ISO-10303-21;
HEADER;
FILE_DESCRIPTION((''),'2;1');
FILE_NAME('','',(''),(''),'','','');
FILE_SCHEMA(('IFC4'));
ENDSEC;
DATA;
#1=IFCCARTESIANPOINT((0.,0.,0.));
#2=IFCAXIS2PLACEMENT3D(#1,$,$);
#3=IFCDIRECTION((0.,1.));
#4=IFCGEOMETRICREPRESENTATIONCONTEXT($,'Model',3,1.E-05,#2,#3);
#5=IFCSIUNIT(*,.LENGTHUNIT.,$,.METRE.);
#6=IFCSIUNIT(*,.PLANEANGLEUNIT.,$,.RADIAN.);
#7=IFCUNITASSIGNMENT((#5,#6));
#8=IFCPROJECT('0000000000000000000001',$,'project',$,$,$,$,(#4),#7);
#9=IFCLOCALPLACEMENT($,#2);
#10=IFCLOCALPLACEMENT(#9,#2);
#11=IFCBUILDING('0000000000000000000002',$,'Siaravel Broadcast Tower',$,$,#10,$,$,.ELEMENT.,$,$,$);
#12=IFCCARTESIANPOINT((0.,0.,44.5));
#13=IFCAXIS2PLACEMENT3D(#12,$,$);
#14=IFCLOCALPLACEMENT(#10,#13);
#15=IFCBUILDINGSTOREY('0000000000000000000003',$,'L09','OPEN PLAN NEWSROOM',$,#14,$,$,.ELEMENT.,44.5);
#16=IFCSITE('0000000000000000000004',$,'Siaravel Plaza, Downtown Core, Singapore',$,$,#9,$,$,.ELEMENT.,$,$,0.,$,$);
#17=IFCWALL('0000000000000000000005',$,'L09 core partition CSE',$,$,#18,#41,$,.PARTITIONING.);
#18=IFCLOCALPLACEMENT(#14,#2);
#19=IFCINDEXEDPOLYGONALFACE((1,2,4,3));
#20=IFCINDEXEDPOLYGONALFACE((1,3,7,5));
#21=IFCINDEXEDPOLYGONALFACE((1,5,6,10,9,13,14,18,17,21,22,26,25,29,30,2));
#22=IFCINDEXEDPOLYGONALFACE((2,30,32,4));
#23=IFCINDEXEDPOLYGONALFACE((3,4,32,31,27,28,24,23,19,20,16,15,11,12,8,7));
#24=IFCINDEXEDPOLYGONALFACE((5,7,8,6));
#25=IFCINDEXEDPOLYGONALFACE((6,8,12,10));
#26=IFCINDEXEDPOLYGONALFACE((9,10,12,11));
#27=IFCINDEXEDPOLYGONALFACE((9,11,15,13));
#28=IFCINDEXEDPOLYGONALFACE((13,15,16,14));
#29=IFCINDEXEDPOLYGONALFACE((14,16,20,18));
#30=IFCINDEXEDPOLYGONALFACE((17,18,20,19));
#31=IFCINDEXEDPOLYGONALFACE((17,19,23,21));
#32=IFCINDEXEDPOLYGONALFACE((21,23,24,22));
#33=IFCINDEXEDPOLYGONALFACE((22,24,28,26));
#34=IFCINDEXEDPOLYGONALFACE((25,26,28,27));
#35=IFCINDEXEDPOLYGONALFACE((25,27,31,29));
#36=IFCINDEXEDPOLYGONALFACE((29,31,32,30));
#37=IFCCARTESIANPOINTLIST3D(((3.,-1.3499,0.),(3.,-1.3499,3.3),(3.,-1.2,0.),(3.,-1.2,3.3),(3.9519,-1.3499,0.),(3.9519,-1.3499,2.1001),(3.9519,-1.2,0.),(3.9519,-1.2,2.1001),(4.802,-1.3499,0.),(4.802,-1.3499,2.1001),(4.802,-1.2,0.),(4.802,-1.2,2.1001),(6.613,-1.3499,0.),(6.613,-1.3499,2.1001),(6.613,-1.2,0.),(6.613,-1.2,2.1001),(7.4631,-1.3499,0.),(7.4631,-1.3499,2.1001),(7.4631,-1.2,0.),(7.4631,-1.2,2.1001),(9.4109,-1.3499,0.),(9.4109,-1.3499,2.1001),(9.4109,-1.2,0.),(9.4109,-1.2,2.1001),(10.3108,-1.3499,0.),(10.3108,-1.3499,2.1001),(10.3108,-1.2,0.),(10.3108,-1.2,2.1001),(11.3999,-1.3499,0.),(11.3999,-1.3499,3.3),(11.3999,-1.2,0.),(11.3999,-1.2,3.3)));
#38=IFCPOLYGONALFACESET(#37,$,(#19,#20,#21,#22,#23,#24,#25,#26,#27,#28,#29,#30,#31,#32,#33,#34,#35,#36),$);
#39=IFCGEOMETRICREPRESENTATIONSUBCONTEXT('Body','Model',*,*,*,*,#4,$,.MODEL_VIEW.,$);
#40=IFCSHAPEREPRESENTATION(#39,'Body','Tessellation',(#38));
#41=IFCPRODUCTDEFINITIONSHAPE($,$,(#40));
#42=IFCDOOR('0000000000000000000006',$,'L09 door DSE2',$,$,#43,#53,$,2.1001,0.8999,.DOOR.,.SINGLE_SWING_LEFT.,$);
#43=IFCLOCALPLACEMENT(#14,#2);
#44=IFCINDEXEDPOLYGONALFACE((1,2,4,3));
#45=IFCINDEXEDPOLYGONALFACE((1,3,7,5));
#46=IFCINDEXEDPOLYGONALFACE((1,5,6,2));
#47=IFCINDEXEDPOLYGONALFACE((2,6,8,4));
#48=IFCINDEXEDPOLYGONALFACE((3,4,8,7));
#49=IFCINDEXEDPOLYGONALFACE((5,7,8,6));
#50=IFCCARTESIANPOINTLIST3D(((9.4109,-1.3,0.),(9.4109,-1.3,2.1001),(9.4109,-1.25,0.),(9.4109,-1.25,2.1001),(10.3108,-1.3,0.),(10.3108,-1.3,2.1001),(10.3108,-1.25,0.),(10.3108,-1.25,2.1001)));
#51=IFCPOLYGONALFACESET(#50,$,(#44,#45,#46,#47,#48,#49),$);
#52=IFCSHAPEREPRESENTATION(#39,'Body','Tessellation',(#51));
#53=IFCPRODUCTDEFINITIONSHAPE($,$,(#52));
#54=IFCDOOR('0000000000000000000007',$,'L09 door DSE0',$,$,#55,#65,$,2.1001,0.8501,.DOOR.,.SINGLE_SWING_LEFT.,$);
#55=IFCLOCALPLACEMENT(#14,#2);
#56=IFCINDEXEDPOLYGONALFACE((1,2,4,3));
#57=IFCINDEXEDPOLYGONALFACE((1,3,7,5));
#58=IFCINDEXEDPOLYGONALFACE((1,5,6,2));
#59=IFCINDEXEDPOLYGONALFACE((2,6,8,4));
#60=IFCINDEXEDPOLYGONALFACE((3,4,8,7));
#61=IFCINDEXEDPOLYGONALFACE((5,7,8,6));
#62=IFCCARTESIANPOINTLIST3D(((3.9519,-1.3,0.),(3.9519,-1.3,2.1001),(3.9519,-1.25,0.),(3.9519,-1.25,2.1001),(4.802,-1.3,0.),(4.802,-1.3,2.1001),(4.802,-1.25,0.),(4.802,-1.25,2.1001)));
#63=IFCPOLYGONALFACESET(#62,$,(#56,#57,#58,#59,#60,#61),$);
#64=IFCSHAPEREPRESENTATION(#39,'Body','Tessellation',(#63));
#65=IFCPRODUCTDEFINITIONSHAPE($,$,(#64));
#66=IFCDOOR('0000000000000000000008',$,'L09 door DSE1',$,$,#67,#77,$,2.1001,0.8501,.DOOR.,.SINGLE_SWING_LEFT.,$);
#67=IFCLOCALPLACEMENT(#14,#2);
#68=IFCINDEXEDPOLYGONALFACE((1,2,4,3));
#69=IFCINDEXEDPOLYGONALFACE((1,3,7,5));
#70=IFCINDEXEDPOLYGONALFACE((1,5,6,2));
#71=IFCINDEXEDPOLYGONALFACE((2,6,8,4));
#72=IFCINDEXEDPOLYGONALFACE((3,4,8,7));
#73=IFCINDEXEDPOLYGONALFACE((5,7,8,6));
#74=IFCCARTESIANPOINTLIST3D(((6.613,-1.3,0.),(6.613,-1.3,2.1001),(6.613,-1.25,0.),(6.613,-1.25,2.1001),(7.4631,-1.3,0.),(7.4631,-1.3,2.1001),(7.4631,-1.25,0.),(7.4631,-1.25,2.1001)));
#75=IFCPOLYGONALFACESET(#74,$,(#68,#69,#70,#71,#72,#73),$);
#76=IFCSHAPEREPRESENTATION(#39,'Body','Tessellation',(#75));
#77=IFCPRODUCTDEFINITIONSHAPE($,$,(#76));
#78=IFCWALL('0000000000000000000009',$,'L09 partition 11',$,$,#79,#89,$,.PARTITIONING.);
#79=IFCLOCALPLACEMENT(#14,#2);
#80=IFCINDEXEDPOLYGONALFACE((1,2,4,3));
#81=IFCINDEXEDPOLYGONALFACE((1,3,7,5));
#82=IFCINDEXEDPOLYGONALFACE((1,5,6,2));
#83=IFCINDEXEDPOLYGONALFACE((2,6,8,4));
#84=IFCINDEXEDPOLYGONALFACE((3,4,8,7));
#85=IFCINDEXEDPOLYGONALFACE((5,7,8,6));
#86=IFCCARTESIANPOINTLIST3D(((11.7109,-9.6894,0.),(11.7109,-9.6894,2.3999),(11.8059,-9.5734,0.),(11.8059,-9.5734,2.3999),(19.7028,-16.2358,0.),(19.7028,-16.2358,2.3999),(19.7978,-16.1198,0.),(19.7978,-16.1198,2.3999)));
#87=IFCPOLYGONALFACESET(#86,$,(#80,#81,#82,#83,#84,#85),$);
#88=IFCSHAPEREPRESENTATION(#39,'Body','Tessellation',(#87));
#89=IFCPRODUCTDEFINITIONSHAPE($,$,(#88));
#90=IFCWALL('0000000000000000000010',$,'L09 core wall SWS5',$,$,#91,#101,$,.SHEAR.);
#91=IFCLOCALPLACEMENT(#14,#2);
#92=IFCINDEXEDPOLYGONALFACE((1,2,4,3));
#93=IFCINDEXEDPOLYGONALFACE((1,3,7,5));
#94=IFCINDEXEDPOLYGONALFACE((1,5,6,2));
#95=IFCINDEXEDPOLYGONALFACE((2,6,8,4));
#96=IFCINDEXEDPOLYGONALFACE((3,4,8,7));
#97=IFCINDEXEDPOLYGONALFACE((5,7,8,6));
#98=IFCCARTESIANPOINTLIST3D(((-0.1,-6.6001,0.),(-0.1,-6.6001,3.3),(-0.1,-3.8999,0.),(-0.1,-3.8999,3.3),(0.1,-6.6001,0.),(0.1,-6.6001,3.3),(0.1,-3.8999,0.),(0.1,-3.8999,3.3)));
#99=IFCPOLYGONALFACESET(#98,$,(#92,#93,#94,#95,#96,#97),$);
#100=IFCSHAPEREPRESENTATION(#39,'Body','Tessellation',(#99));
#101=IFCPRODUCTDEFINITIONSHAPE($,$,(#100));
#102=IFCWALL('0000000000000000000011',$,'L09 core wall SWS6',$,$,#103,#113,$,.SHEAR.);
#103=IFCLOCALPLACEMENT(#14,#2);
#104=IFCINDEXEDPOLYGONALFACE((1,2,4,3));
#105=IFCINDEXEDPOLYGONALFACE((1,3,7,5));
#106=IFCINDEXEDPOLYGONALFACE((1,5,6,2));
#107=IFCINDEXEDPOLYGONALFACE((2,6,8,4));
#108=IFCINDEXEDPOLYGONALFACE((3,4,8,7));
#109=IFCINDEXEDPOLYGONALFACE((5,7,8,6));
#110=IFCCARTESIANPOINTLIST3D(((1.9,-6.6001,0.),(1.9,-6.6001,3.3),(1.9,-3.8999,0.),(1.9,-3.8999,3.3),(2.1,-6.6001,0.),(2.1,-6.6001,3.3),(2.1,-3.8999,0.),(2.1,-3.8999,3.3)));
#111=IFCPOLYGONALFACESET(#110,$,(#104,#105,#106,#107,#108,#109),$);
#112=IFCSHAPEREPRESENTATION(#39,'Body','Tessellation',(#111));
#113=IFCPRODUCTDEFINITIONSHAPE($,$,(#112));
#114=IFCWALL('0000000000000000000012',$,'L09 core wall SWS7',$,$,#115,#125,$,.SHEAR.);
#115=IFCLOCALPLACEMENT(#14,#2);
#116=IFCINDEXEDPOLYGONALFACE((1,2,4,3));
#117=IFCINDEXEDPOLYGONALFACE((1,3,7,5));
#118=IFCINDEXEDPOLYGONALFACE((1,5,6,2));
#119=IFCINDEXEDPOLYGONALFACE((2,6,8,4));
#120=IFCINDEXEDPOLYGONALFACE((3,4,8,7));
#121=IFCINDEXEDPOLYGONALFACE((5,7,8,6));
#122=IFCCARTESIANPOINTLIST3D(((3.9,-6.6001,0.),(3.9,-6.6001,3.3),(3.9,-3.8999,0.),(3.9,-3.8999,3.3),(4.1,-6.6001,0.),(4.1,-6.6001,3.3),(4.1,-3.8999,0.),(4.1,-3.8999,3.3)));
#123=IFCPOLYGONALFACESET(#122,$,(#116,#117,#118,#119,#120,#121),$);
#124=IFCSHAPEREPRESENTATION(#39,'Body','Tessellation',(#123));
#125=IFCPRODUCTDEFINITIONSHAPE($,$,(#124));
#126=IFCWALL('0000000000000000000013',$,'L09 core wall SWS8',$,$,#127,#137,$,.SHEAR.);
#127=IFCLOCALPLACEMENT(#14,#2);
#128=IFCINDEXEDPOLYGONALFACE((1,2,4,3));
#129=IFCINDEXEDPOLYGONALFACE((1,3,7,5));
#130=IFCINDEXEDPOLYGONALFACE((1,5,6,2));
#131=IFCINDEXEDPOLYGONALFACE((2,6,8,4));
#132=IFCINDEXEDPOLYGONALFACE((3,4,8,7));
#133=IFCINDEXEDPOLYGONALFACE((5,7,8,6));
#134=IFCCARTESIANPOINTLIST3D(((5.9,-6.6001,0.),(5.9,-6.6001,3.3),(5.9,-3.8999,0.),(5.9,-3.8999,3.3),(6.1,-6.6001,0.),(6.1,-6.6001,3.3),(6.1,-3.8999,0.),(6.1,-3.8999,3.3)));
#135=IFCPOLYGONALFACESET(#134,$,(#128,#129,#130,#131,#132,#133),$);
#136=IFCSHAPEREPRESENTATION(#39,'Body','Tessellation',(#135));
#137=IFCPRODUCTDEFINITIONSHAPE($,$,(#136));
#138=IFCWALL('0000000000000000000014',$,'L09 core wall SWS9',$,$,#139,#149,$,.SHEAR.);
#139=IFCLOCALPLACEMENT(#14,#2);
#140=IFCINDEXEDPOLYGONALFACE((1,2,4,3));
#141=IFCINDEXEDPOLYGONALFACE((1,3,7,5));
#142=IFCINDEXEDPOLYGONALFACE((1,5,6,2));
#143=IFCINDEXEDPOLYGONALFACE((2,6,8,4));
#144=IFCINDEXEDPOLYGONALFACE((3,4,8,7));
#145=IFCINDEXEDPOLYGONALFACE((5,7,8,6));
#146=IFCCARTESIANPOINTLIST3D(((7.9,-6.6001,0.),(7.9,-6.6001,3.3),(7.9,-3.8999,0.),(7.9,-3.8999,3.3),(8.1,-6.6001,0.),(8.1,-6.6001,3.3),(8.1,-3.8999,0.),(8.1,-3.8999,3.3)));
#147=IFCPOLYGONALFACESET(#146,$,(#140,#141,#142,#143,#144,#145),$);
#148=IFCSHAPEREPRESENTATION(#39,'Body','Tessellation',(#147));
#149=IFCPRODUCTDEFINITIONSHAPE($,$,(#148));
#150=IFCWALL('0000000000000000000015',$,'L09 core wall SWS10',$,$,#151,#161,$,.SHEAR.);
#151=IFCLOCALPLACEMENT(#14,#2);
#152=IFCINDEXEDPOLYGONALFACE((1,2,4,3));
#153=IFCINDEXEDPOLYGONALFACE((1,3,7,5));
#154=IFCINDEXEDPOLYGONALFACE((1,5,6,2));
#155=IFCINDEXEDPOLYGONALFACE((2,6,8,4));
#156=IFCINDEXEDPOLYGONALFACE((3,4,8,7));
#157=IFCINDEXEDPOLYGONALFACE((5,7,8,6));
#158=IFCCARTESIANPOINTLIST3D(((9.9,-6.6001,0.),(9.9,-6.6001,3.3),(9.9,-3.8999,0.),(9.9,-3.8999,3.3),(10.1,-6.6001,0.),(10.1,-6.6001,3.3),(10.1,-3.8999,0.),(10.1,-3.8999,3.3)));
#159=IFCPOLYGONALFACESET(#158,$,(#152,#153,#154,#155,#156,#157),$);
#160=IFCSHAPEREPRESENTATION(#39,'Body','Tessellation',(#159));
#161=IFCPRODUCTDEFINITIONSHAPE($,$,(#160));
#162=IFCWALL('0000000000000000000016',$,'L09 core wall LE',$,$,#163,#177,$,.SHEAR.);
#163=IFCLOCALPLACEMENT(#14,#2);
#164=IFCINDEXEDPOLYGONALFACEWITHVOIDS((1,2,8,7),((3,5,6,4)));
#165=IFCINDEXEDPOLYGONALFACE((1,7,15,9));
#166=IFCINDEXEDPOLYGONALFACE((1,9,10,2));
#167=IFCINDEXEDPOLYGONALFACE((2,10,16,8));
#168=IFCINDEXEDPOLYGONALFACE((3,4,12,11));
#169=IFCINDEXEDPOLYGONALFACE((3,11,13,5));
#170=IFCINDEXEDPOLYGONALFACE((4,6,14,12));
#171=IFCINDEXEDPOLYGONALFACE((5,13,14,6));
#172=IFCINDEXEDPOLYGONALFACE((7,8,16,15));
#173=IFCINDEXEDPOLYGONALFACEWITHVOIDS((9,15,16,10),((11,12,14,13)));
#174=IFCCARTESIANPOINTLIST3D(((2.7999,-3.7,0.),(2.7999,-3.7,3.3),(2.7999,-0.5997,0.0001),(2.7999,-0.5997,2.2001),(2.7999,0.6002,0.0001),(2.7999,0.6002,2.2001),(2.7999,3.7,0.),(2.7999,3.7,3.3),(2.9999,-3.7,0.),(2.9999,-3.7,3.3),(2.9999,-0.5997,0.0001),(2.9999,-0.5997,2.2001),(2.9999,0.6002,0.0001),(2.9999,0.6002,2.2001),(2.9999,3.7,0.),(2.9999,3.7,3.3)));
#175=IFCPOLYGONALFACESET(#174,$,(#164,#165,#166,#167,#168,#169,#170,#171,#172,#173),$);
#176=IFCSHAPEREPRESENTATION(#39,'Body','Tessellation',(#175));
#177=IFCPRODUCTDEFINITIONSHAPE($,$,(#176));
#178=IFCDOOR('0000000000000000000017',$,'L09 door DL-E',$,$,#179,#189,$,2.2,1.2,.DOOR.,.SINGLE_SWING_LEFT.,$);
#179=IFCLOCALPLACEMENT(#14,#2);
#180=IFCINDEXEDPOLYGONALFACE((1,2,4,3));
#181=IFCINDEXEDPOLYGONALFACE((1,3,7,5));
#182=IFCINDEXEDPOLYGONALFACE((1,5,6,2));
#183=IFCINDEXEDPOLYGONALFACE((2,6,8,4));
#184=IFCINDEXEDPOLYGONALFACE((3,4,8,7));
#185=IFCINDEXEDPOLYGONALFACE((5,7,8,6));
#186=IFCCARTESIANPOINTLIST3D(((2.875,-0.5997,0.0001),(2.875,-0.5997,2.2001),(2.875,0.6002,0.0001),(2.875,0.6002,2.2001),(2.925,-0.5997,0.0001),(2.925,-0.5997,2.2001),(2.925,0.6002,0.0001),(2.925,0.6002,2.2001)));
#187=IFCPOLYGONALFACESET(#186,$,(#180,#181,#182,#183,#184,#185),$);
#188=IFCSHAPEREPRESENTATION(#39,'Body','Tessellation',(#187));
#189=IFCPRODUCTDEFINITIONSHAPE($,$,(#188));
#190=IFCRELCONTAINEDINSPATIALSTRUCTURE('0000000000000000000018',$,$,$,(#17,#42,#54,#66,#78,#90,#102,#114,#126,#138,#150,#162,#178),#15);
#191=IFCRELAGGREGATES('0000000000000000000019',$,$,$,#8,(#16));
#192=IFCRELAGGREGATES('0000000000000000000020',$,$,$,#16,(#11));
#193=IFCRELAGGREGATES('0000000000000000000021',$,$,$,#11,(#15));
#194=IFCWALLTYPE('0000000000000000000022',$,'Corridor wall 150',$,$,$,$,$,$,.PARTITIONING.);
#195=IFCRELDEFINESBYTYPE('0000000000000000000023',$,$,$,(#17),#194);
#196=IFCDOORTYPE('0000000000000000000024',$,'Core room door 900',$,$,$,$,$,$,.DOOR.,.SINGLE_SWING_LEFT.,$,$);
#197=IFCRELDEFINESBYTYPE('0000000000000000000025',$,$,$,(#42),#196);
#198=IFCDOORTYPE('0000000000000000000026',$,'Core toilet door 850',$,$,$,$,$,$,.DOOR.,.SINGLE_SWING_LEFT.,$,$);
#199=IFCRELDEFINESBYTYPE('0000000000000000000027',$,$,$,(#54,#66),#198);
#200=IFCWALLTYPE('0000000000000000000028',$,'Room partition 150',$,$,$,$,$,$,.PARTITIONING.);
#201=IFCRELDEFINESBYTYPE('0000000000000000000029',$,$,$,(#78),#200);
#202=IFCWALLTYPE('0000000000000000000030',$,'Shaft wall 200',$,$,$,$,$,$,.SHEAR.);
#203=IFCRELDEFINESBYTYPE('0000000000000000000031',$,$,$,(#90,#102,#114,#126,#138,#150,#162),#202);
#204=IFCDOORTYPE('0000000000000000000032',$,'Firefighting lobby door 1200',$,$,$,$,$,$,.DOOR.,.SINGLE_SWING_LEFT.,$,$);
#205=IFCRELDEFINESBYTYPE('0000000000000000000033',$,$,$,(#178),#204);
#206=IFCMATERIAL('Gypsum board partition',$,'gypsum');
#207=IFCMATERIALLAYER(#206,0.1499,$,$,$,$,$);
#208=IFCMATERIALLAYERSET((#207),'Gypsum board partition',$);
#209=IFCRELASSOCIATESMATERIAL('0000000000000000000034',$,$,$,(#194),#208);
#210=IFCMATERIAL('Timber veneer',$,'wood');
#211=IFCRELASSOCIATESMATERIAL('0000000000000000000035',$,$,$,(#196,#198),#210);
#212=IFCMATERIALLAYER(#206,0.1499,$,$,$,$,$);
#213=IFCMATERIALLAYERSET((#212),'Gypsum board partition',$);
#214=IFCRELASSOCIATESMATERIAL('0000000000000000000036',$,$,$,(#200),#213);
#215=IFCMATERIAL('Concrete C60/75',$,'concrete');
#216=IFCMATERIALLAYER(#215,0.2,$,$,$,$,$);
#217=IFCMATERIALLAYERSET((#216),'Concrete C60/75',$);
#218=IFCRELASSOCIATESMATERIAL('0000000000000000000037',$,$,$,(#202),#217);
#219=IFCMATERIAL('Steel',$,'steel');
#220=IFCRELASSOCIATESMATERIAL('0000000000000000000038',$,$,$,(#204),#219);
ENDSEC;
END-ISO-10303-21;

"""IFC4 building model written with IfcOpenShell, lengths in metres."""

from ifc_helpers import new_model, si_unit, direction, frame, frame_2d, origin, place, context, subcontext, project, spatial, rectangle, extrude, material, layer, layer_set, type_object, element, fill, save


model = new_model("IFC4")

# Units and contexts
model_context = context("Model", 3, precision=1e-05, world=origin(), true_north=direction((0.0, 1.0)))
body_context = subcontext(model_context, "Body", "Model", "MODEL_VIEW")
ifc_project = project(units=[si_unit("LENGTHUNIT", "METRE"), si_unit("PLANEANGLEUNIT", "RADIAN")], contexts=[model_context])

# Site, building, storey
site_placement = place(None, origin())
site = spatial("IfcSite", under=ifc_project, at=site_placement, Name="Siaravel Plaza, Downtown Core, Singapore", CompositionType="ELEMENT", RefElevation=0.0)
building_placement = place(site_placement, origin())
building = spatial("IfcBuilding", under=site, at=building_placement, Name="Siaravel Broadcast Tower", CompositionType="ELEMENT")
storey_placement = place(building_placement, frame((0.0, 0.0, 44.5)))
storey = spatial("IfcBuildingStorey", under=building, at=storey_placement, Name="L09", Description="OPEN PLAN NEWSROOM", CompositionType="ELEMENT", Elevation=44.5)

# Shared definitions
ifc_material_1 = material(Name="Concrete C60/75", Category="concrete")
ifc_material_2 = material(Name="Steel", Category="steel")

# Wall, openings, doors
ifc_material_3 = material(Name="Gypsum board partition", Category="gypsum")
ifc_layer_1 = layer(ifc_material_3, 0.1499)
ifc_layer_set_1 = layer_set([ifc_layer_1], Name="Gypsum board partition")
wall_type_1 = type_object("IfcWallType", Name="Corridor wall 150", PredefinedType="PARTITIONING", material=ifc_layer_set_1)
wall_1_placement = place(storey_placement, frame((3.0, -1.2749, 0.0), z_axis=(0.0, 0.0, 1.0), x_axis=(1.0, 0.0, 0.0)))
wall_1 = element("IfcWall", 1, at=wall_1_placement, inside=storey, type_object=wall_type_1, Name="L09 core partition CSE", PredefinedType="PARTITIONING", context=body_context, shape_type="SweptSolid", body=[
    extrude(rectangle(XDim=8.3999, YDim=0.1499, at=frame_2d((4.2, 0.0))), origin(), (0.0, 0.0, 1.0), 3.3),
])
opening_1_placement = place(wall_1_placement, frame((0.9519, 0.0, 0.0)))
opening_1 = element("IfcOpeningElement", 2, at=opening_1_placement, cuts=wall_1, PredefinedType="OPENING", context=body_context, shape_type="SweptSolid", body=[
    extrude(rectangle(XDim=0.8501, YDim=2.1001, at=frame_2d((0.425, 1.05))), frame((0.0, 0.085, 0.0), z_axis=(0.0, -1.0, 0.0), x_axis=(1.0, 0.0, 0.0)), (0.0, 0.0, 1.0), 0.1699),
])
opening_2_placement = place(wall_1_placement, frame((3.613, 0.0, 0.0)))
opening_2 = element("IfcOpeningElement", 3, at=opening_2_placement, cuts=wall_1, PredefinedType="OPENING", context=body_context, shape_type="SweptSolid", body=[
    extrude(rectangle(XDim=0.8501, YDim=2.1001, at=frame_2d((0.425, 1.05))), frame((0.0, 0.085, 0.0), z_axis=(0.0, -1.0, 0.0), x_axis=(1.0, 0.0, 0.0)), (0.0, 0.0, 1.0), 0.1699),
])
opening_3_placement = place(wall_1_placement, frame((6.4109, 0.0, 0.0)))
opening_3 = element("IfcOpeningElement", 4, at=opening_3_placement, cuts=wall_1, PredefinedType="OPENING", context=body_context, shape_type="SweptSolid", body=[
    extrude(rectangle(XDim=0.8999, YDim=2.1001, at=frame_2d((0.45, 1.05))), frame((0.0, 0.085, 0.0), z_axis=(0.0, -1.0, 0.0), x_axis=(1.0, 0.0, 0.0)), (0.0, 0.0, 1.0), 0.1699),
])
ifc_material_4 = material(Name="Timber veneer", Category="wood")
door_type_1 = type_object("IfcDoorType", Name="Core room door 900", OperationType="SINGLE_SWING_LEFT", PredefinedType="DOOR", material=ifc_material_4)
door_1_placement = place(opening_3_placement, origin())
door_1 = element("IfcDoor", 5, at=door_1_placement, inside=storey, type_object=door_type_1, Name="L09 door DSE2", OperationType="SINGLE_SWING_LEFT", OverallHeight=2.1001, OverallWidth=0.8999, PredefinedType="DOOR", context=body_context, shape_type="SweptSolid", body=[
    extrude(rectangle(XDim=0.8999, YDim=2.1001, at=frame_2d((0.45, 1.05))), frame((0.0, 0.0249, 0.0), z_axis=(0.0, -1.0, 0.0), x_axis=(1.0, 0.0, 0.0)), (0.0, 0.0, 1.0), 0.05),
])
fill(opening_3, door_1)
door_type_2 = type_object("IfcDoorType", Name="Core toilet door 850", OperationType="SINGLE_SWING_LEFT", PredefinedType="DOOR", material=ifc_material_4)
door_2_placement = place(opening_1_placement, origin())
door_2 = element("IfcDoor", 6, at=door_2_placement, inside=storey, type_object=door_type_2, Name="L09 door DSE0", OperationType="SINGLE_SWING_LEFT", OverallHeight=2.1001, OverallWidth=0.8501, PredefinedType="DOOR", context=body_context, shape_type="SweptSolid", body=[
    extrude(rectangle(XDim=0.8501, YDim=2.1001, at=frame_2d((0.425, 1.05))), frame((0.0, 0.0249, 0.0), z_axis=(0.0, -1.0, 0.0), x_axis=(1.0, 0.0, 0.0)), (0.0, 0.0, 1.0), 0.05),
])
fill(opening_1, door_2)
door_3_placement = place(opening_2_placement, origin())
door_3 = element("IfcDoor", 7, at=door_3_placement, inside=storey, type_object=door_type_2, Name="L09 door DSE1", OperationType="SINGLE_SWING_LEFT", OverallHeight=2.1001, OverallWidth=0.8501, PredefinedType="DOOR", context=body_context, shape_type="SweptSolid", body=[
    extrude(rectangle(XDim=0.8501, YDim=2.1001, at=frame_2d((0.425, 1.05))), frame((0.0, 0.0249, 0.0), z_axis=(0.0, -1.0, 0.0), x_axis=(1.0, 0.0, 0.0)), (0.0, 0.0, 1.0), 0.05),
])
fill(opening_2, door_3)

# Walls
ifc_layer_2 = layer(ifc_material_3, 0.1499)
ifc_layer_set_2 = layer_set([ifc_layer_2], Name="Gypsum board partition")
wall_type_2 = type_object("IfcWallType", Name="Room partition 150", PredefinedType="PARTITIONING", material=ifc_layer_set_2)
wall_2_placement = place(storey_placement, frame((11.7583, -9.6313, 0.0), z_axis=(0.0, 0.0, 1.0), x_axis=(0.7736, -0.633674, 0.0)))
element("IfcWall", 8, at=wall_2_placement, inside=storey, type_object=wall_type_2, Name="L09 partition 11", PredefinedType="PARTITIONING", context=body_context, shape_type="SweptSolid", body=[
    extrude(rectangle(XDim=10.3308, YDim=0.1499, at=frame_2d((5.1655, 0.0))), origin(), (0.0, 0.0, 1.0), 2.3999),
])
ifc_layer_3 = layer(ifc_material_1, 0.2)
ifc_layer_set_3 = layer_set([ifc_layer_3], Name="Concrete C60/75")
wall_type_3 = type_object("IfcWallType", Name="Shaft wall 200", PredefinedType="SHEAR", material=ifc_layer_set_3)
for number, where, z_axis, x_axis, name in (
    (9, (0.0, -6.6001, 0.0), (0.0, 0.0, 1.0), (0.0, 1.0, 0.0), "L09 core wall SWS5"),
    (10, (2.0, -6.6001, 0.0), (0.0, 0.0, 1.0), (0.0, 1.0, 0.0), "L09 core wall SWS6"),
    (11, (4.0, -6.6001, 0.0), (0.0, 0.0, 1.0), (0.0, 1.0, 0.0), "L09 core wall SWS7"),
    (12, (6.0, -6.6001, 0.0), (0.0, 0.0, 1.0), (0.0, 1.0, 0.0), "L09 core wall SWS8"),
    (13, (8.0, -6.6001, 0.0), (0.0, 0.0, 1.0), (0.0, 1.0, 0.0), "L09 core wall SWS9"),
    (14, (10.0, -6.6001, 0.0), (0.0, 0.0, 1.0), (0.0, 1.0, 0.0), "L09 core wall SWS10"),
):
    element("IfcWall", number, at=place(storey_placement, frame(where, z_axis=z_axis, x_axis=x_axis)), inside=storey, type_object=wall_type_3, Name=name, PredefinedType="SHEAR", context=body_context, shape_type="SweptSolid", body=[
        extrude(rectangle(XDim=2.7002, YDim=0.2, at=frame_2d((1.3501, 0.0))), origin(), (0.0, 0.0, 1.0), 3.3),
    ])

# Wall, opening, door
wall_3_placement = place(storey_placement, frame((2.8999, -3.7, 0.0), z_axis=(0.0, 0.0, 1.0), x_axis=(0.0, 1.0, 0.0)))
wall_3 = element("IfcWall", 15, at=wall_3_placement, inside=storey, type_object=wall_type_3, Name="L09 core wall LE", PredefinedType="SHEAR", context=body_context, shape_type="SweptSolid", body=[
    extrude(rectangle(XDim=7.3999, YDim=0.2, at=frame_2d((3.7, 0.0))), origin(), (0.0, 0.0, 1.0), 3.3),
])
opening_4_placement = place(wall_3_placement, frame((3.1001, 0.0, 0.0)))
opening_4 = element("IfcOpeningElement", 16, at=opening_4_placement, cuts=wall_3, PredefinedType="OPENING", context=body_context, shape_type="SweptSolid", body=[
    extrude(rectangle(XDim=1.2, YDim=2.2, at=frame_2d((0.6001, 1.1001))), frame((0.0, 0.1099, 0.0), z_axis=(0.0, -1.0, 0.0), x_axis=(1.0, 0.0, 0.0)), (0.0, 0.0, 1.0), 0.22),
])
door_type_3 = type_object("IfcDoorType", Name="Firefighting lobby door 1200", OperationType="SINGLE_SWING_LEFT", PredefinedType="DOOR", material=ifc_material_2)
door_4_placement = place(opening_4_placement, origin())
door_4 = element("IfcDoor", 17, at=door_4_placement, inside=storey, type_object=door_type_3, Name="L09 door DL-E", OperationType="SINGLE_SWING_LEFT", OverallHeight=2.2, OverallWidth=1.2, PredefinedType="DOOR", context=body_context, shape_type="SweptSolid", body=[
    extrude(rectangle(XDim=1.2, YDim=2.2, at=frame_2d((0.6001, 1.1001))), frame((0.0, 0.0249, 0.0), z_axis=(0.0, -1.0, 0.0), x_axis=(1.0, 0.0, 0.0)), (0.0, 0.0, 1.0), 0.05),
])
fill(opening_4, door_4)

save(model, "model.ifc")
